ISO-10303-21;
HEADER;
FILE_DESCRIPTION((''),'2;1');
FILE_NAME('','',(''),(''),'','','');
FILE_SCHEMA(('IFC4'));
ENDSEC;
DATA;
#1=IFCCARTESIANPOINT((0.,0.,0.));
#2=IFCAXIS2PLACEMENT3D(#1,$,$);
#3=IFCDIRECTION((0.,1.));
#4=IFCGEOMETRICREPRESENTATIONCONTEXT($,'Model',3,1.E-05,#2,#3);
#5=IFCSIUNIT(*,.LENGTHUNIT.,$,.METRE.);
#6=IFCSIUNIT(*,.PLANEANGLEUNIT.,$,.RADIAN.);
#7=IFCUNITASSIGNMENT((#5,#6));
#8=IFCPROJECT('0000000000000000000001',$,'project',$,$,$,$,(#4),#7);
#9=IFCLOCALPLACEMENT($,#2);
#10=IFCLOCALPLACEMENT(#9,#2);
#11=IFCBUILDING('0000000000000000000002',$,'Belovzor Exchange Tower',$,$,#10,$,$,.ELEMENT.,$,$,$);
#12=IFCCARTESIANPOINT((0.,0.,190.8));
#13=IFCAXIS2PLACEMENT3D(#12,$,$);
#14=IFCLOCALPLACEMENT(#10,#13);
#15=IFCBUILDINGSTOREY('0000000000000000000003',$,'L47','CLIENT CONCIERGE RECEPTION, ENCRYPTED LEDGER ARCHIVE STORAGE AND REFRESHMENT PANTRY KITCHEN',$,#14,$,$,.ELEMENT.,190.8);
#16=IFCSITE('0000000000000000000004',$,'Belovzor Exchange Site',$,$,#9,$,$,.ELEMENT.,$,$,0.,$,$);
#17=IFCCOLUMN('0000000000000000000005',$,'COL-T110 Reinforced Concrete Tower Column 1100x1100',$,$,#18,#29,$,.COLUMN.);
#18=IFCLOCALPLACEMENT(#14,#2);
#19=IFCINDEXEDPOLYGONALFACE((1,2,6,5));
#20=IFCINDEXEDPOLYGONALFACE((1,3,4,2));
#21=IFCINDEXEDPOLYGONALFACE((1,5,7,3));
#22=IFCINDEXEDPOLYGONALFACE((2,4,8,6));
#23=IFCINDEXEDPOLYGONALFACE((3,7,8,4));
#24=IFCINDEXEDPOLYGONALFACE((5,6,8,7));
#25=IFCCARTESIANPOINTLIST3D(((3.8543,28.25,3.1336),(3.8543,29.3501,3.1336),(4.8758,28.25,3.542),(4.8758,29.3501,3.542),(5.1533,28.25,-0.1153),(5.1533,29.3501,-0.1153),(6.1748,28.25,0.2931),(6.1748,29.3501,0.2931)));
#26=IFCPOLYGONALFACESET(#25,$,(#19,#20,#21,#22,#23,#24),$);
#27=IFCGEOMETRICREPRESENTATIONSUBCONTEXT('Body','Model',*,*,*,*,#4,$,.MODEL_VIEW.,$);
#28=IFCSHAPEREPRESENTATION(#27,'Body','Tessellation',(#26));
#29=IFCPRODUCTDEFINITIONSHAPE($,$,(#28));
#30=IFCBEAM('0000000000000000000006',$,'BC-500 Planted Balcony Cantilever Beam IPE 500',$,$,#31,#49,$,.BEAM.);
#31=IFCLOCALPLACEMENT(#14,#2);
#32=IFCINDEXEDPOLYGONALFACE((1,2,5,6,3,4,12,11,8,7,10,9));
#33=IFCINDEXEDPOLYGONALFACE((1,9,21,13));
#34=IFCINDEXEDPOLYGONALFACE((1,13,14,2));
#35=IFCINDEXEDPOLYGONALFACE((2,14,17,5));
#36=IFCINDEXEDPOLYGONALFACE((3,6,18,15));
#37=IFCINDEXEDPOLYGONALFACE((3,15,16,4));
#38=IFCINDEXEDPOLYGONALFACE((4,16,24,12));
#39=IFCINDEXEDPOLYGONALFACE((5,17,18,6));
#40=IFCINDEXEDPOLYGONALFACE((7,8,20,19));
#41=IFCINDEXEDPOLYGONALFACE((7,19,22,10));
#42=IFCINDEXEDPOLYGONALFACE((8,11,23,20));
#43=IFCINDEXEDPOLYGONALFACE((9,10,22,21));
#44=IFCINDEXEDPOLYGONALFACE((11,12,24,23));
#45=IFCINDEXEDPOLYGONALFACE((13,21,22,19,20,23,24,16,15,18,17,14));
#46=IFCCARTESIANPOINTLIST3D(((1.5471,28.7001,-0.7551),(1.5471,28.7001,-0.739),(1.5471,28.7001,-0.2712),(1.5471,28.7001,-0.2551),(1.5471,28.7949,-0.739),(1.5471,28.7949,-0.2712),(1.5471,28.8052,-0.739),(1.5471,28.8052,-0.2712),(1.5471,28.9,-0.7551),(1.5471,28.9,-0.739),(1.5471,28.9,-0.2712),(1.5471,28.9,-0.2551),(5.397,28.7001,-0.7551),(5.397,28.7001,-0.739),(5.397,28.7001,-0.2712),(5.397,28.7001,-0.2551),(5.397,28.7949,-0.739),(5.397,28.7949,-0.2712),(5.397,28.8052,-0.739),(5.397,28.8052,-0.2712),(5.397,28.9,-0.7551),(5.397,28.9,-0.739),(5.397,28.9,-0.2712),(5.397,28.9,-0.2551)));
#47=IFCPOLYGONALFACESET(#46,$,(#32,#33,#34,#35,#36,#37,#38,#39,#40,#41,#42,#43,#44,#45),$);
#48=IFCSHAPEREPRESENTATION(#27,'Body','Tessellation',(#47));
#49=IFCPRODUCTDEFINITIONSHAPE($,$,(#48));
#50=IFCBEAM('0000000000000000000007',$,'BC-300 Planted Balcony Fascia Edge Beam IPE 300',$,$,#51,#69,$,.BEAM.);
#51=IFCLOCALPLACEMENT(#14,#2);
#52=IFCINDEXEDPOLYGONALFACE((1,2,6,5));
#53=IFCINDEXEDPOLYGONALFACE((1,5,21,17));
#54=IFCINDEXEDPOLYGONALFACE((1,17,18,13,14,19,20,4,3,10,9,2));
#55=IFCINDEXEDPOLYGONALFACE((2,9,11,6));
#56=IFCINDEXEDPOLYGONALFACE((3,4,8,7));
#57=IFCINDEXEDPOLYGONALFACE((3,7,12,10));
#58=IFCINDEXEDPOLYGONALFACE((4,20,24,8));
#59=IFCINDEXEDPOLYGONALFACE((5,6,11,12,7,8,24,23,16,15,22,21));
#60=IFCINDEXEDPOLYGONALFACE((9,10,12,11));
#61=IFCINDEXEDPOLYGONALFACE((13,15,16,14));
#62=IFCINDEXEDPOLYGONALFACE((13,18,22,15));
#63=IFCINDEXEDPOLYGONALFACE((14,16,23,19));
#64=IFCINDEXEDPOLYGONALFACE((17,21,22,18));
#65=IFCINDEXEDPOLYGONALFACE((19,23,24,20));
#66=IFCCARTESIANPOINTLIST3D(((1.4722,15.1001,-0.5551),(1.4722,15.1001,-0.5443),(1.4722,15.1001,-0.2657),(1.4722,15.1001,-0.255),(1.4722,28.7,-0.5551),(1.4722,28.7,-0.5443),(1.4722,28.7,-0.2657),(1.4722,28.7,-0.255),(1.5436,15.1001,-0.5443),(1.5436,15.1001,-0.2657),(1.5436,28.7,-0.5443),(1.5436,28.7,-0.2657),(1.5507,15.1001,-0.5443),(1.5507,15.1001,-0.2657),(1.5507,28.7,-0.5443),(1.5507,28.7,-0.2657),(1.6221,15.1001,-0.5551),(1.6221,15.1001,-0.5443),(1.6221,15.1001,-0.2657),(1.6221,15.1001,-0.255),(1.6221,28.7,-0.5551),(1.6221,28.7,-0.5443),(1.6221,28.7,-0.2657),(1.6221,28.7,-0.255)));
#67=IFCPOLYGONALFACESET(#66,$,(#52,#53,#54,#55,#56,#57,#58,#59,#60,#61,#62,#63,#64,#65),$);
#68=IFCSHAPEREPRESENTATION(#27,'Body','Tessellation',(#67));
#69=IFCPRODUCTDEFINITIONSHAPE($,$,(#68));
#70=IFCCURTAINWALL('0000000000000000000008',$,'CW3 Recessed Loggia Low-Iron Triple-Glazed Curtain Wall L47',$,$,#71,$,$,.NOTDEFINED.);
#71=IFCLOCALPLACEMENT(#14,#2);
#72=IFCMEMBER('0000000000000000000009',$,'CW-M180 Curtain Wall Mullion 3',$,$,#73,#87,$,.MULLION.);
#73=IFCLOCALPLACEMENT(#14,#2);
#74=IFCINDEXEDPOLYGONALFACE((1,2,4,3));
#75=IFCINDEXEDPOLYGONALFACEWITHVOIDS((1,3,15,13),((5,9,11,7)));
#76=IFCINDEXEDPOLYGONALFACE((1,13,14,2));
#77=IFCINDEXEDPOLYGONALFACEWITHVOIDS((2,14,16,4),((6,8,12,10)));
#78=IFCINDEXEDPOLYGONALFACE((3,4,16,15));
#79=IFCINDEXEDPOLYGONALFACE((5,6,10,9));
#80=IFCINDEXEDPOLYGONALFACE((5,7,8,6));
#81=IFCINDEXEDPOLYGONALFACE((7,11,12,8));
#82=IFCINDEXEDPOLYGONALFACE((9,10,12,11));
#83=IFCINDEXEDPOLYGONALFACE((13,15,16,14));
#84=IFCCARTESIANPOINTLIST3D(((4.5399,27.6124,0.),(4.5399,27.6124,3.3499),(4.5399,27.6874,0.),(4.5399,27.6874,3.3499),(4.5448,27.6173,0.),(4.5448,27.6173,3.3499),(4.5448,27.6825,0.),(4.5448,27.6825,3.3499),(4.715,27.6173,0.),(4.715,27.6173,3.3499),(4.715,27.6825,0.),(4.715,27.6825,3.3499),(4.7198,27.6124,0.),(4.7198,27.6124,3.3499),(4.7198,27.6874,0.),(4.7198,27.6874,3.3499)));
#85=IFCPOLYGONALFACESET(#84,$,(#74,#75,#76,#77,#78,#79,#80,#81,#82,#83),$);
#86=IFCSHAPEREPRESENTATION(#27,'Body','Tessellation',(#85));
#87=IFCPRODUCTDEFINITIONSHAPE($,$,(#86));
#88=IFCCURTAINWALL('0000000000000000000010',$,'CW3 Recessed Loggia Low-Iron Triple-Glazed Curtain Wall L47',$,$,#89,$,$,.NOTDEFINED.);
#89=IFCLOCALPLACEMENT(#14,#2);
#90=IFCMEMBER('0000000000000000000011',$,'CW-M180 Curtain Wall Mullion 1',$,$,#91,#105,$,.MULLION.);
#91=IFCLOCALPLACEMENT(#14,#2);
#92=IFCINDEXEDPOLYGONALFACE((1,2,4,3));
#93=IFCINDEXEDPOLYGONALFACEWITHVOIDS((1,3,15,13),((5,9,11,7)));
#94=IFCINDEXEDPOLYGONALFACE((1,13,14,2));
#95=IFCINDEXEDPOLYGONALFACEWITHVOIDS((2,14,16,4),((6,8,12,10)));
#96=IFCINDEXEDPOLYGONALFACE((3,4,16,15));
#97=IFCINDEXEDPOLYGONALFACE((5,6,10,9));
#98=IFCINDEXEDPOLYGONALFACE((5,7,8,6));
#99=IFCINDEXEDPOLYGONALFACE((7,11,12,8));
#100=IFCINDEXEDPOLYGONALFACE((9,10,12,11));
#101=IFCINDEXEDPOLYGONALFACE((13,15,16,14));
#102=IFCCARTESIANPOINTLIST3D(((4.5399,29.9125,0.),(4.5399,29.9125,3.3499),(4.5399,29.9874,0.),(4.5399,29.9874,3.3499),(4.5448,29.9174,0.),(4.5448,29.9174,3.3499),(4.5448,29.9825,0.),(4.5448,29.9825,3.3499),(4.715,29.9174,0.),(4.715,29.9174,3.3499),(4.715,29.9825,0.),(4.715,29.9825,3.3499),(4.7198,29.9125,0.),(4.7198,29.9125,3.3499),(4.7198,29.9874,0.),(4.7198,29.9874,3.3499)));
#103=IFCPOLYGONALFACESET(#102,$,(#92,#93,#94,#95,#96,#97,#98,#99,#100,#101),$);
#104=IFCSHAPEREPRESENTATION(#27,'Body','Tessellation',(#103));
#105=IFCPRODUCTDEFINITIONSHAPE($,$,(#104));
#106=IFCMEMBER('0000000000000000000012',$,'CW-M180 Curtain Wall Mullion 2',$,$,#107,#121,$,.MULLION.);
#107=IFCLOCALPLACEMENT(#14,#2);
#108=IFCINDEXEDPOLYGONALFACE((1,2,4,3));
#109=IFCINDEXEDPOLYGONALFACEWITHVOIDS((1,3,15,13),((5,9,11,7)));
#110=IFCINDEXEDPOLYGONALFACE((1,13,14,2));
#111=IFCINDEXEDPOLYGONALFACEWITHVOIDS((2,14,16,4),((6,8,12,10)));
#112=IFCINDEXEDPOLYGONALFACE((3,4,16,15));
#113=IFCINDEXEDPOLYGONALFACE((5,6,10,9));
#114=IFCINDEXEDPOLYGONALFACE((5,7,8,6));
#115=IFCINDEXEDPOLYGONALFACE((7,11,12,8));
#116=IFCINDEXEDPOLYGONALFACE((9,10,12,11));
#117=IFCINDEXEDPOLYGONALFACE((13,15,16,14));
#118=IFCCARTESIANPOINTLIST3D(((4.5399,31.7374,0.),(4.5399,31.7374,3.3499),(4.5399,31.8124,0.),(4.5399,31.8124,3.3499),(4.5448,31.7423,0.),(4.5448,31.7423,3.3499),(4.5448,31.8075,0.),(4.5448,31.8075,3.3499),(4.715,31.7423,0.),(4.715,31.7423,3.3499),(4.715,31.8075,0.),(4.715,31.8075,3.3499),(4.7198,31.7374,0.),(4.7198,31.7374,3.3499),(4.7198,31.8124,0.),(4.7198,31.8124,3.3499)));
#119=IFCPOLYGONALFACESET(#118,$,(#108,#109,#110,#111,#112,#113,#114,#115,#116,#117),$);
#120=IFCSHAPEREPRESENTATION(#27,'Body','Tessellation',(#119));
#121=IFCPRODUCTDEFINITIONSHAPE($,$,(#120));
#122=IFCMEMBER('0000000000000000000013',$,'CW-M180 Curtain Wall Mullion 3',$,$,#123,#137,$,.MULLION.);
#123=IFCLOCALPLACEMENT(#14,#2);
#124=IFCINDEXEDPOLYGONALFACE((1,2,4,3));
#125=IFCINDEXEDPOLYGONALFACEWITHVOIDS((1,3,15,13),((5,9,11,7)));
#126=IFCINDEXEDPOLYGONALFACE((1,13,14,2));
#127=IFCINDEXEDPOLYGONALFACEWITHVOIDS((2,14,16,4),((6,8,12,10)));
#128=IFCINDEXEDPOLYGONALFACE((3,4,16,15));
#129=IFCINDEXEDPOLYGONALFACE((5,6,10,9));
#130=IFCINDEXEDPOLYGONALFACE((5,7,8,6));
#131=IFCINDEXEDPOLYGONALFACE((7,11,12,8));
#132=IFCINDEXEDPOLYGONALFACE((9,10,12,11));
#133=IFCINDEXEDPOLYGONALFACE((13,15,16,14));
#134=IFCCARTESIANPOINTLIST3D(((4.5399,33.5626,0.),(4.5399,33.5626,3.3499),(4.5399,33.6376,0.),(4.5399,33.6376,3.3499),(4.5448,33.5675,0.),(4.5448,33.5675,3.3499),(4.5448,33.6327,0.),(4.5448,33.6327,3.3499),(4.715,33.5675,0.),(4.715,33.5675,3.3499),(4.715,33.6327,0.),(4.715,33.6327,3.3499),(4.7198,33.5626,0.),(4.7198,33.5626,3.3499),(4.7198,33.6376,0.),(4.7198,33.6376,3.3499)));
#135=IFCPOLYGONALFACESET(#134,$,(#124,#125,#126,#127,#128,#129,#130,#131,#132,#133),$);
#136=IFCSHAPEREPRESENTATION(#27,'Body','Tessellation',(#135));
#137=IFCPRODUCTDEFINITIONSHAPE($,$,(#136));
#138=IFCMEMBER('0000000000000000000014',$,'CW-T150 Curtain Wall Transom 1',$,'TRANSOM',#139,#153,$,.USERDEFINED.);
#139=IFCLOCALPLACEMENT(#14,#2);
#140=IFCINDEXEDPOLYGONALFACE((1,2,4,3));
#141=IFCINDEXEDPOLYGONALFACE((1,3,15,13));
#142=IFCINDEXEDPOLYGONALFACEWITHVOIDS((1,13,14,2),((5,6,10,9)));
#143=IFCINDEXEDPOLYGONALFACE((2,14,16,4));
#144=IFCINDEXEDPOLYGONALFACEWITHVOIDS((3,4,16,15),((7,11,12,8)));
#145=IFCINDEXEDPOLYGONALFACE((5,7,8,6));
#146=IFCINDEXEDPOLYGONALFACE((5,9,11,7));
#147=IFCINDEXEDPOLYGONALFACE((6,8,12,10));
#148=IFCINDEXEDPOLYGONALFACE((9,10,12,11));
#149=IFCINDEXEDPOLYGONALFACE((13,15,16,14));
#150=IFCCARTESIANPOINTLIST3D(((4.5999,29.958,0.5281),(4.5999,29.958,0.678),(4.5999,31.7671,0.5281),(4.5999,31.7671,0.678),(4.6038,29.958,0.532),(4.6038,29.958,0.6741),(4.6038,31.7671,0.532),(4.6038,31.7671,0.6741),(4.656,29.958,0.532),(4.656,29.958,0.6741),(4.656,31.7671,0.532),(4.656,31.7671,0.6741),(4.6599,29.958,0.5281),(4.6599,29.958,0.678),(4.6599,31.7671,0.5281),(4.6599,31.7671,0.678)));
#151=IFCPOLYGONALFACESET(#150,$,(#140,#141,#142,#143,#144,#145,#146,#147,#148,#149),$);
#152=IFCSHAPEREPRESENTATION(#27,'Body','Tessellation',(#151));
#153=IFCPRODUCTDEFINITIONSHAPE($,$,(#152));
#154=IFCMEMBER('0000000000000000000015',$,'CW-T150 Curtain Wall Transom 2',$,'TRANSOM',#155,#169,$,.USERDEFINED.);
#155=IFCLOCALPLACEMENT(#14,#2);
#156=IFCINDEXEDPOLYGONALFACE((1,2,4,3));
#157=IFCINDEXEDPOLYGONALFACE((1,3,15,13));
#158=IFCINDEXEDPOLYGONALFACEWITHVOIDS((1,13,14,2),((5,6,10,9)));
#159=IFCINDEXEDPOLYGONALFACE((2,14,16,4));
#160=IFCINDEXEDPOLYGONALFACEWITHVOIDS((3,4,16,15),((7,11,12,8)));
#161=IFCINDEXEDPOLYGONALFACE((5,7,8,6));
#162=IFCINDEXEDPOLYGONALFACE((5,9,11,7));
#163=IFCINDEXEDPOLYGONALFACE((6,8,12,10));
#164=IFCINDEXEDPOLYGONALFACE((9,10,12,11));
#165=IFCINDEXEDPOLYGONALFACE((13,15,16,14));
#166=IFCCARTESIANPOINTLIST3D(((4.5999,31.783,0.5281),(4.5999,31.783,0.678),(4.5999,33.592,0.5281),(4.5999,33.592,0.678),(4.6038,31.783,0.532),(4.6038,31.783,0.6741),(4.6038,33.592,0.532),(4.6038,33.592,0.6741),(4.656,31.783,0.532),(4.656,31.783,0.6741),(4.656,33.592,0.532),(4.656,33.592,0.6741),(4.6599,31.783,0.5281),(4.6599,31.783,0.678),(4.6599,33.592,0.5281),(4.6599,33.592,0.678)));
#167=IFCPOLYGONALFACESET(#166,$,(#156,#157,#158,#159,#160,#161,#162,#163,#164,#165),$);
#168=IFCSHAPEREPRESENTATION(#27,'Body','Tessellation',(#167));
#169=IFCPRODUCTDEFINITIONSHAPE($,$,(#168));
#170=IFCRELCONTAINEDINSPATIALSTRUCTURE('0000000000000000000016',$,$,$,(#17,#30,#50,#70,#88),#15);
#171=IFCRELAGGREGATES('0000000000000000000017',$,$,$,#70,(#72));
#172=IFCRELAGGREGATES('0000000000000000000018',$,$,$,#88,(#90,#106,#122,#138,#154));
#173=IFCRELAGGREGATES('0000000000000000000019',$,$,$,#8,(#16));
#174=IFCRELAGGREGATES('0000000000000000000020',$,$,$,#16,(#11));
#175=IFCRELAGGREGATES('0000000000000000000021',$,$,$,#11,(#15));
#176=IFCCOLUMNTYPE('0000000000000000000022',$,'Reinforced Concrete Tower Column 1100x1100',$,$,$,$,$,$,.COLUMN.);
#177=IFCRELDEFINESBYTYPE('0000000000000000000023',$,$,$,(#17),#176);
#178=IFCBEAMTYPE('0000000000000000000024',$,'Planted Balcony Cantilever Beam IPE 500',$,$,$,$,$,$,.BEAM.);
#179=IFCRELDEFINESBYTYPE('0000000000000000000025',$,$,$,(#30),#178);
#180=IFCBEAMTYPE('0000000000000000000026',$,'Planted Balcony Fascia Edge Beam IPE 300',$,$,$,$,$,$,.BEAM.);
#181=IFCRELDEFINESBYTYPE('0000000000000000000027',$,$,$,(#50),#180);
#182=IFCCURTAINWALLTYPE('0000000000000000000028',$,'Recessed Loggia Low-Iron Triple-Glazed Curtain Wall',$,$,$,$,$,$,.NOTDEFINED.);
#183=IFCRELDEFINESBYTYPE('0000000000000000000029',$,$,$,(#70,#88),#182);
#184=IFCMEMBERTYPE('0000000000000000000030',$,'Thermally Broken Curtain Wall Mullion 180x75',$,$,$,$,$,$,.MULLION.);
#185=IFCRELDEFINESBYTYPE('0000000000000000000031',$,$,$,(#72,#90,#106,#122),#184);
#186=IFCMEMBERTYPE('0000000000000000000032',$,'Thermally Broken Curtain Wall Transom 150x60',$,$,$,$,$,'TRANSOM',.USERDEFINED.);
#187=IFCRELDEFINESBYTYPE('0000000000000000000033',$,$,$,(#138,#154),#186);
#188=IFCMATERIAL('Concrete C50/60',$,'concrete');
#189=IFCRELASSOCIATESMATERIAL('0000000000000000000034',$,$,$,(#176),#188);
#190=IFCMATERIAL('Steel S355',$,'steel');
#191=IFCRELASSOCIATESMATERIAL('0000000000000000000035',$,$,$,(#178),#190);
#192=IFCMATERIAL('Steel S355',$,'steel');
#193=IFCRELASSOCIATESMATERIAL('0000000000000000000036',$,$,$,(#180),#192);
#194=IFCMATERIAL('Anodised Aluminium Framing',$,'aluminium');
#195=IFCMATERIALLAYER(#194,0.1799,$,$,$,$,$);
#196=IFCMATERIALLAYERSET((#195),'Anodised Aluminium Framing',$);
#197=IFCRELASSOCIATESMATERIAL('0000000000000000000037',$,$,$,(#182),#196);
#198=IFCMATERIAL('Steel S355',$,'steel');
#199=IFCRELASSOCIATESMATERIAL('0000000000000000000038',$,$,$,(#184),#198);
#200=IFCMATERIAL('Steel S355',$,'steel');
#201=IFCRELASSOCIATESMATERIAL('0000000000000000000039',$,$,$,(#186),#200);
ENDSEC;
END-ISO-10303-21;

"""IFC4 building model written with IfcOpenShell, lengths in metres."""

from ifc_helpers import new_model, si_unit, direction, frame, origin, origin_2d, place, context, subcontext, project, spatial, rectangle, hollow_rectangle, i_section, extrude, material, layer, layer_set, material_profile, profile_set, type_object, element, aggregate, save


model = new_model("IFC4")

# Units and contexts
model_context = context("Model", 3, precision=1e-05, world=origin(), true_north=direction((0.0, 1.0)))
body_context = subcontext(model_context, "Body", "Model", "MODEL_VIEW")
ifc_project = project(units=[si_unit("LENGTHUNIT", "METRE"), si_unit("PLANEANGLEUNIT", "RADIAN")], contexts=[model_context])

# Site, building, storey
site_placement = place(None, origin())
site = spatial("IfcSite", under=ifc_project, at=site_placement, Name="Belovzor Exchange Site", CompositionType="ELEMENT", RefElevation=0.0)
building_placement = place(site_placement, origin())
building = spatial("IfcBuilding", under=site, at=building_placement, Name="Belovzor Exchange Tower", CompositionType="ELEMENT")
storey_placement = place(building_placement, frame((0.0, 0.0, 190.8)))
storey = spatial("IfcBuildingStorey", under=building, at=storey_placement, Name="L47", Description="CLIENT CONCIERGE RECEPTION, ENCRYPTED LEDGER ARCHIVE STORAGE AND REFRESHMENT PANTRY KITCHEN", CompositionType="ELEMENT", Elevation=190.8)

# Column
ifc_material_1 = material(Name="Concrete C50/60", Category="concrete")
ifc_material_profile_1 = material_profile(ifc_material_1, rectangle(XDim=1.1001, YDim=1.1001, at=origin_2d()))
ifc_profile_set_1 = profile_set([ifc_material_profile_1], Name="Concrete C50/60")
column_type = type_object("IfcColumnType", Name="Reinforced Concrete Tower Column 1100x1100", PredefinedType="COLUMN", material=ifc_profile_set_1)
column_placement = place(storey_placement, frame((5.6641, 28.8, 0.0889), z_axis=(-0.371258, 0.0, 0.92853), x_axis=(0.0, -1.0, 0.0)))
element("IfcColumn", 1, at=column_placement, inside=storey, type_object=column_type, Name="COL-T110 Reinforced Concrete Tower Column 1100x1100", PredefinedType="COLUMN", context=body_context, shape_type="SweptSolid", body=[
    extrude(rectangle(XDim=1.1001, YDim=1.1001, at=origin_2d()), origin(), (0.0, 0.0, 1.0), 3.499),
])

# Beams
ifc_material_2 = material(Name="Steel S355", Category="steel")
ifc_material_profile_2 = material_profile(ifc_material_2, i_section(OverallWidth=0.2, OverallDepth=0.5, WebThickness=0.0103, FlangeThickness=0.0161, at=origin_2d()))
ifc_profile_set_2 = profile_set([ifc_material_profile_2], Name="Steel S355")
beam_type_1 = type_object("IfcBeamType", Name="Planted Balcony Cantilever Beam IPE 500", PredefinedType="BEAM", material=ifc_profile_set_2)
beam_1_placement = place(storey_placement, frame((5.397, 28.8, -0.5051), z_axis=(-1.0, 0.0, 0.0), x_axis=(0.0, -1.0, 0.0)))
element("IfcBeam", 2, at=beam_1_placement, inside=storey, type_object=beam_type_1, Name="BC-500 Planted Balcony Cantilever Beam IPE 500", PredefinedType="BEAM", context=body_context, shape_type="SweptSolid", body=[
    extrude(i_section(OverallWidth=0.2, OverallDepth=0.5, WebThickness=0.0103, FlangeThickness=0.0161, at=origin_2d()), origin(), (0.0, 0.0, 1.0), 3.8499),
])
ifc_material_3 = material(Name="Steel S355", Category="steel")
ifc_material_profile_3 = material_profile(ifc_material_3, i_section(OverallWidth=0.1499, OverallDepth=0.3, WebThickness=0.0071, FlangeThickness=0.0107, at=origin_2d()))
ifc_profile_set_3 = profile_set([ifc_material_profile_3], Name="Steel S355")
beam_type_2 = type_object("IfcBeamType", Name="Planted Balcony Fascia Edge Beam IPE 300", PredefinedType="BEAM", material=ifc_profile_set_3)
beam_2_placement = place(storey_placement, frame((1.5471, 28.7, -0.405), z_axis=(0.0, -1.0, 0.0), x_axis=(1.0, 0.0, 0.0)))
element("IfcBeam", 3, at=beam_2_placement, inside=storey, type_object=beam_type_2, Name="BC-300 Planted Balcony Fascia Edge Beam IPE 300", PredefinedType="BEAM", context=body_context, shape_type="SweptSolid", body=[
    extrude(i_section(OverallWidth=0.1499, OverallDepth=0.3, WebThickness=0.0071, FlangeThickness=0.0107, at=origin_2d()), origin(), (0.0, 0.0, 1.0), 13.5999),
])

# Curtain wall, member
ifc_material_4 = material(Name="Anodised Aluminium Framing", Category="aluminium")
ifc_layer_1 = layer(ifc_material_4, 0.1799)
ifc_layer_set_1 = layer_set([ifc_layer_1], Name="Anodised Aluminium Framing")
curtain_wall_type = type_object("IfcCurtainWallType", Name="Recessed Loggia Low-Iron Triple-Glazed Curtain Wall", PredefinedType="NOTDEFINED", material=ifc_layer_set_1)
curtain_wall_1_placement = place(storey_placement, origin())
curtain_wall_1 = element("IfcCurtainWall", 4, at=curtain_wall_1_placement, inside=storey, type_object=curtain_wall_type, Name="CW3 Recessed Loggia Low-Iron Triple-Glazed Curtain Wall L47", PredefinedType="NOTDEFINED")
ifc_material_5 = material(Name="Steel S355", Category="steel")
ifc_material_profile_4 = material_profile(ifc_material_5, hollow_rectangle(XDim=0.075, YDim=0.1799, WallThickness=0.0049, at=origin_2d()))
ifc_profile_set_4 = profile_set([ifc_material_profile_4], Name="Steel S355")
member_type_1 = type_object("IfcMemberType", Name="Thermally Broken Curtain Wall Mullion 180x75", PredefinedType="MULLION", material=ifc_profile_set_4)
member_1_placement = place(storey_placement, frame((4.6299, 27.6499, 0.0), z_axis=(0.0, 0.0, 1.0), x_axis=(0.0, 1.0, 0.0)))
member_1 = element("IfcMember", 5, at=member_1_placement, type_object=member_type_1, Name="CW-M180 Curtain Wall Mullion 3", PredefinedType="MULLION", context=body_context, shape_type="SweptSolid", body=[
    extrude(hollow_rectangle(XDim=0.075, YDim=0.1799, WallThickness=0.0049, at=origin_2d()), origin(), (0.0, 0.0, 1.0), 3.3499),
])

# Curtain wall, members
curtain_wall_2_placement = place(storey_placement, origin())
curtain_wall_2 = element("IfcCurtainWall", 6, at=curtain_wall_2_placement, inside=storey, type_object=curtain_wall_type, Name="CW3 Recessed Loggia Low-Iron Triple-Glazed Curtain Wall L47", PredefinedType="NOTDEFINED")
member_2_placement = place(storey_placement, frame((4.6299, 29.95, 0.0), z_axis=(0.0, 0.0, 1.0), x_axis=(0.0, 1.0, 0.0)))
member_2 = element("IfcMember", 7, at=member_2_placement, type_object=member_type_1, Name="CW-M180 Curtain Wall Mullion 1", PredefinedType="MULLION", context=body_context, shape_type="SweptSolid", body=[
    extrude(hollow_rectangle(XDim=0.075, YDim=0.1799, WallThickness=0.0049, at=origin_2d()), origin(), (0.0, 0.0, 1.0), 3.3499),
])
member_3_placement = place(storey_placement, frame((4.6299, 31.7749, 0.0), z_axis=(0.0, 0.0, 1.0), x_axis=(0.0, 1.0, 0.0)))
member_3 = element("IfcMember", 8, at=member_3_placement, type_object=member_type_1, Name="CW-M180 Curtain Wall Mullion 2", PredefinedType="MULLION", context=body_context, shape_type="SweptSolid", body=[
    extrude(hollow_rectangle(XDim=0.075, YDim=0.1799, WallThickness=0.0049, at=origin_2d()), origin(), (0.0, 0.0, 1.0), 3.3499),
])
member_4_placement = place(storey_placement, frame((4.6299, 33.6001, 0.0), z_axis=(0.0, 0.0, 1.0), x_axis=(0.0, 1.0, 0.0)))
member_4 = element("IfcMember", 9, at=member_4_placement, type_object=member_type_1, Name="CW-M180 Curtain Wall Mullion 3", PredefinedType="MULLION", context=body_context, shape_type="SweptSolid", body=[
    extrude(hollow_rectangle(XDim=0.075, YDim=0.1799, WallThickness=0.0049, at=origin_2d()), origin(), (0.0, 0.0, 1.0), 3.3499),
])
ifc_material_6 = material(Name="Steel S355", Category="steel")
ifc_material_profile_5 = material_profile(ifc_material_6, hollow_rectangle(XDim=0.0601, YDim=0.1499, WallThickness=0.0039, at=origin_2d()))
ifc_profile_set_5 = profile_set([ifc_material_profile_5], Name="Steel S355")
member_type_2 = type_object("IfcMemberType", Name="Thermally Broken Curtain Wall Transom 150x60", ElementType="TRANSOM", PredefinedType="USERDEFINED", material=ifc_profile_set_5)
member_5_placement = place(storey_placement, frame((4.6299, 29.958, 0.603), z_axis=(0.0, 1.0, 0.0), x_axis=(-1.0, 0.0, 0.0)))
member_5 = element("IfcMember", 10, at=member_5_placement, type_object=member_type_2, Name="CW-T150 Curtain Wall Transom 1", ObjectType="TRANSOM", PredefinedType="USERDEFINED", context=body_context, shape_type="SweptSolid", body=[
    extrude(hollow_rectangle(XDim=0.0601, YDim=0.1499, WallThickness=0.0039, at=origin_2d()), origin(), (0.0, 0.0, 1.0), 1.8091),
])
member_6_placement = place(storey_placement, frame((4.6299, 31.783, 0.603), z_axis=(0.0, 1.0, 0.0), x_axis=(-1.0, 0.0, 0.0)))
member_6 = element("IfcMember", 11, at=member_6_placement, type_object=member_type_2, Name="CW-T150 Curtain Wall Transom 2", ObjectType="TRANSOM", PredefinedType="USERDEFINED", context=body_context, shape_type="SweptSolid", body=[
    extrude(hollow_rectangle(XDim=0.0601, YDim=0.1499, WallThickness=0.0039, at=origin_2d()), origin(), (0.0, 0.0, 1.0), 1.8091),
])

aggregate(curtain_wall_1, [member_1])
aggregate(curtain_wall_2, [member_2, member_3, member_4, member_5, member_6])

save(model, "model.ifc")
